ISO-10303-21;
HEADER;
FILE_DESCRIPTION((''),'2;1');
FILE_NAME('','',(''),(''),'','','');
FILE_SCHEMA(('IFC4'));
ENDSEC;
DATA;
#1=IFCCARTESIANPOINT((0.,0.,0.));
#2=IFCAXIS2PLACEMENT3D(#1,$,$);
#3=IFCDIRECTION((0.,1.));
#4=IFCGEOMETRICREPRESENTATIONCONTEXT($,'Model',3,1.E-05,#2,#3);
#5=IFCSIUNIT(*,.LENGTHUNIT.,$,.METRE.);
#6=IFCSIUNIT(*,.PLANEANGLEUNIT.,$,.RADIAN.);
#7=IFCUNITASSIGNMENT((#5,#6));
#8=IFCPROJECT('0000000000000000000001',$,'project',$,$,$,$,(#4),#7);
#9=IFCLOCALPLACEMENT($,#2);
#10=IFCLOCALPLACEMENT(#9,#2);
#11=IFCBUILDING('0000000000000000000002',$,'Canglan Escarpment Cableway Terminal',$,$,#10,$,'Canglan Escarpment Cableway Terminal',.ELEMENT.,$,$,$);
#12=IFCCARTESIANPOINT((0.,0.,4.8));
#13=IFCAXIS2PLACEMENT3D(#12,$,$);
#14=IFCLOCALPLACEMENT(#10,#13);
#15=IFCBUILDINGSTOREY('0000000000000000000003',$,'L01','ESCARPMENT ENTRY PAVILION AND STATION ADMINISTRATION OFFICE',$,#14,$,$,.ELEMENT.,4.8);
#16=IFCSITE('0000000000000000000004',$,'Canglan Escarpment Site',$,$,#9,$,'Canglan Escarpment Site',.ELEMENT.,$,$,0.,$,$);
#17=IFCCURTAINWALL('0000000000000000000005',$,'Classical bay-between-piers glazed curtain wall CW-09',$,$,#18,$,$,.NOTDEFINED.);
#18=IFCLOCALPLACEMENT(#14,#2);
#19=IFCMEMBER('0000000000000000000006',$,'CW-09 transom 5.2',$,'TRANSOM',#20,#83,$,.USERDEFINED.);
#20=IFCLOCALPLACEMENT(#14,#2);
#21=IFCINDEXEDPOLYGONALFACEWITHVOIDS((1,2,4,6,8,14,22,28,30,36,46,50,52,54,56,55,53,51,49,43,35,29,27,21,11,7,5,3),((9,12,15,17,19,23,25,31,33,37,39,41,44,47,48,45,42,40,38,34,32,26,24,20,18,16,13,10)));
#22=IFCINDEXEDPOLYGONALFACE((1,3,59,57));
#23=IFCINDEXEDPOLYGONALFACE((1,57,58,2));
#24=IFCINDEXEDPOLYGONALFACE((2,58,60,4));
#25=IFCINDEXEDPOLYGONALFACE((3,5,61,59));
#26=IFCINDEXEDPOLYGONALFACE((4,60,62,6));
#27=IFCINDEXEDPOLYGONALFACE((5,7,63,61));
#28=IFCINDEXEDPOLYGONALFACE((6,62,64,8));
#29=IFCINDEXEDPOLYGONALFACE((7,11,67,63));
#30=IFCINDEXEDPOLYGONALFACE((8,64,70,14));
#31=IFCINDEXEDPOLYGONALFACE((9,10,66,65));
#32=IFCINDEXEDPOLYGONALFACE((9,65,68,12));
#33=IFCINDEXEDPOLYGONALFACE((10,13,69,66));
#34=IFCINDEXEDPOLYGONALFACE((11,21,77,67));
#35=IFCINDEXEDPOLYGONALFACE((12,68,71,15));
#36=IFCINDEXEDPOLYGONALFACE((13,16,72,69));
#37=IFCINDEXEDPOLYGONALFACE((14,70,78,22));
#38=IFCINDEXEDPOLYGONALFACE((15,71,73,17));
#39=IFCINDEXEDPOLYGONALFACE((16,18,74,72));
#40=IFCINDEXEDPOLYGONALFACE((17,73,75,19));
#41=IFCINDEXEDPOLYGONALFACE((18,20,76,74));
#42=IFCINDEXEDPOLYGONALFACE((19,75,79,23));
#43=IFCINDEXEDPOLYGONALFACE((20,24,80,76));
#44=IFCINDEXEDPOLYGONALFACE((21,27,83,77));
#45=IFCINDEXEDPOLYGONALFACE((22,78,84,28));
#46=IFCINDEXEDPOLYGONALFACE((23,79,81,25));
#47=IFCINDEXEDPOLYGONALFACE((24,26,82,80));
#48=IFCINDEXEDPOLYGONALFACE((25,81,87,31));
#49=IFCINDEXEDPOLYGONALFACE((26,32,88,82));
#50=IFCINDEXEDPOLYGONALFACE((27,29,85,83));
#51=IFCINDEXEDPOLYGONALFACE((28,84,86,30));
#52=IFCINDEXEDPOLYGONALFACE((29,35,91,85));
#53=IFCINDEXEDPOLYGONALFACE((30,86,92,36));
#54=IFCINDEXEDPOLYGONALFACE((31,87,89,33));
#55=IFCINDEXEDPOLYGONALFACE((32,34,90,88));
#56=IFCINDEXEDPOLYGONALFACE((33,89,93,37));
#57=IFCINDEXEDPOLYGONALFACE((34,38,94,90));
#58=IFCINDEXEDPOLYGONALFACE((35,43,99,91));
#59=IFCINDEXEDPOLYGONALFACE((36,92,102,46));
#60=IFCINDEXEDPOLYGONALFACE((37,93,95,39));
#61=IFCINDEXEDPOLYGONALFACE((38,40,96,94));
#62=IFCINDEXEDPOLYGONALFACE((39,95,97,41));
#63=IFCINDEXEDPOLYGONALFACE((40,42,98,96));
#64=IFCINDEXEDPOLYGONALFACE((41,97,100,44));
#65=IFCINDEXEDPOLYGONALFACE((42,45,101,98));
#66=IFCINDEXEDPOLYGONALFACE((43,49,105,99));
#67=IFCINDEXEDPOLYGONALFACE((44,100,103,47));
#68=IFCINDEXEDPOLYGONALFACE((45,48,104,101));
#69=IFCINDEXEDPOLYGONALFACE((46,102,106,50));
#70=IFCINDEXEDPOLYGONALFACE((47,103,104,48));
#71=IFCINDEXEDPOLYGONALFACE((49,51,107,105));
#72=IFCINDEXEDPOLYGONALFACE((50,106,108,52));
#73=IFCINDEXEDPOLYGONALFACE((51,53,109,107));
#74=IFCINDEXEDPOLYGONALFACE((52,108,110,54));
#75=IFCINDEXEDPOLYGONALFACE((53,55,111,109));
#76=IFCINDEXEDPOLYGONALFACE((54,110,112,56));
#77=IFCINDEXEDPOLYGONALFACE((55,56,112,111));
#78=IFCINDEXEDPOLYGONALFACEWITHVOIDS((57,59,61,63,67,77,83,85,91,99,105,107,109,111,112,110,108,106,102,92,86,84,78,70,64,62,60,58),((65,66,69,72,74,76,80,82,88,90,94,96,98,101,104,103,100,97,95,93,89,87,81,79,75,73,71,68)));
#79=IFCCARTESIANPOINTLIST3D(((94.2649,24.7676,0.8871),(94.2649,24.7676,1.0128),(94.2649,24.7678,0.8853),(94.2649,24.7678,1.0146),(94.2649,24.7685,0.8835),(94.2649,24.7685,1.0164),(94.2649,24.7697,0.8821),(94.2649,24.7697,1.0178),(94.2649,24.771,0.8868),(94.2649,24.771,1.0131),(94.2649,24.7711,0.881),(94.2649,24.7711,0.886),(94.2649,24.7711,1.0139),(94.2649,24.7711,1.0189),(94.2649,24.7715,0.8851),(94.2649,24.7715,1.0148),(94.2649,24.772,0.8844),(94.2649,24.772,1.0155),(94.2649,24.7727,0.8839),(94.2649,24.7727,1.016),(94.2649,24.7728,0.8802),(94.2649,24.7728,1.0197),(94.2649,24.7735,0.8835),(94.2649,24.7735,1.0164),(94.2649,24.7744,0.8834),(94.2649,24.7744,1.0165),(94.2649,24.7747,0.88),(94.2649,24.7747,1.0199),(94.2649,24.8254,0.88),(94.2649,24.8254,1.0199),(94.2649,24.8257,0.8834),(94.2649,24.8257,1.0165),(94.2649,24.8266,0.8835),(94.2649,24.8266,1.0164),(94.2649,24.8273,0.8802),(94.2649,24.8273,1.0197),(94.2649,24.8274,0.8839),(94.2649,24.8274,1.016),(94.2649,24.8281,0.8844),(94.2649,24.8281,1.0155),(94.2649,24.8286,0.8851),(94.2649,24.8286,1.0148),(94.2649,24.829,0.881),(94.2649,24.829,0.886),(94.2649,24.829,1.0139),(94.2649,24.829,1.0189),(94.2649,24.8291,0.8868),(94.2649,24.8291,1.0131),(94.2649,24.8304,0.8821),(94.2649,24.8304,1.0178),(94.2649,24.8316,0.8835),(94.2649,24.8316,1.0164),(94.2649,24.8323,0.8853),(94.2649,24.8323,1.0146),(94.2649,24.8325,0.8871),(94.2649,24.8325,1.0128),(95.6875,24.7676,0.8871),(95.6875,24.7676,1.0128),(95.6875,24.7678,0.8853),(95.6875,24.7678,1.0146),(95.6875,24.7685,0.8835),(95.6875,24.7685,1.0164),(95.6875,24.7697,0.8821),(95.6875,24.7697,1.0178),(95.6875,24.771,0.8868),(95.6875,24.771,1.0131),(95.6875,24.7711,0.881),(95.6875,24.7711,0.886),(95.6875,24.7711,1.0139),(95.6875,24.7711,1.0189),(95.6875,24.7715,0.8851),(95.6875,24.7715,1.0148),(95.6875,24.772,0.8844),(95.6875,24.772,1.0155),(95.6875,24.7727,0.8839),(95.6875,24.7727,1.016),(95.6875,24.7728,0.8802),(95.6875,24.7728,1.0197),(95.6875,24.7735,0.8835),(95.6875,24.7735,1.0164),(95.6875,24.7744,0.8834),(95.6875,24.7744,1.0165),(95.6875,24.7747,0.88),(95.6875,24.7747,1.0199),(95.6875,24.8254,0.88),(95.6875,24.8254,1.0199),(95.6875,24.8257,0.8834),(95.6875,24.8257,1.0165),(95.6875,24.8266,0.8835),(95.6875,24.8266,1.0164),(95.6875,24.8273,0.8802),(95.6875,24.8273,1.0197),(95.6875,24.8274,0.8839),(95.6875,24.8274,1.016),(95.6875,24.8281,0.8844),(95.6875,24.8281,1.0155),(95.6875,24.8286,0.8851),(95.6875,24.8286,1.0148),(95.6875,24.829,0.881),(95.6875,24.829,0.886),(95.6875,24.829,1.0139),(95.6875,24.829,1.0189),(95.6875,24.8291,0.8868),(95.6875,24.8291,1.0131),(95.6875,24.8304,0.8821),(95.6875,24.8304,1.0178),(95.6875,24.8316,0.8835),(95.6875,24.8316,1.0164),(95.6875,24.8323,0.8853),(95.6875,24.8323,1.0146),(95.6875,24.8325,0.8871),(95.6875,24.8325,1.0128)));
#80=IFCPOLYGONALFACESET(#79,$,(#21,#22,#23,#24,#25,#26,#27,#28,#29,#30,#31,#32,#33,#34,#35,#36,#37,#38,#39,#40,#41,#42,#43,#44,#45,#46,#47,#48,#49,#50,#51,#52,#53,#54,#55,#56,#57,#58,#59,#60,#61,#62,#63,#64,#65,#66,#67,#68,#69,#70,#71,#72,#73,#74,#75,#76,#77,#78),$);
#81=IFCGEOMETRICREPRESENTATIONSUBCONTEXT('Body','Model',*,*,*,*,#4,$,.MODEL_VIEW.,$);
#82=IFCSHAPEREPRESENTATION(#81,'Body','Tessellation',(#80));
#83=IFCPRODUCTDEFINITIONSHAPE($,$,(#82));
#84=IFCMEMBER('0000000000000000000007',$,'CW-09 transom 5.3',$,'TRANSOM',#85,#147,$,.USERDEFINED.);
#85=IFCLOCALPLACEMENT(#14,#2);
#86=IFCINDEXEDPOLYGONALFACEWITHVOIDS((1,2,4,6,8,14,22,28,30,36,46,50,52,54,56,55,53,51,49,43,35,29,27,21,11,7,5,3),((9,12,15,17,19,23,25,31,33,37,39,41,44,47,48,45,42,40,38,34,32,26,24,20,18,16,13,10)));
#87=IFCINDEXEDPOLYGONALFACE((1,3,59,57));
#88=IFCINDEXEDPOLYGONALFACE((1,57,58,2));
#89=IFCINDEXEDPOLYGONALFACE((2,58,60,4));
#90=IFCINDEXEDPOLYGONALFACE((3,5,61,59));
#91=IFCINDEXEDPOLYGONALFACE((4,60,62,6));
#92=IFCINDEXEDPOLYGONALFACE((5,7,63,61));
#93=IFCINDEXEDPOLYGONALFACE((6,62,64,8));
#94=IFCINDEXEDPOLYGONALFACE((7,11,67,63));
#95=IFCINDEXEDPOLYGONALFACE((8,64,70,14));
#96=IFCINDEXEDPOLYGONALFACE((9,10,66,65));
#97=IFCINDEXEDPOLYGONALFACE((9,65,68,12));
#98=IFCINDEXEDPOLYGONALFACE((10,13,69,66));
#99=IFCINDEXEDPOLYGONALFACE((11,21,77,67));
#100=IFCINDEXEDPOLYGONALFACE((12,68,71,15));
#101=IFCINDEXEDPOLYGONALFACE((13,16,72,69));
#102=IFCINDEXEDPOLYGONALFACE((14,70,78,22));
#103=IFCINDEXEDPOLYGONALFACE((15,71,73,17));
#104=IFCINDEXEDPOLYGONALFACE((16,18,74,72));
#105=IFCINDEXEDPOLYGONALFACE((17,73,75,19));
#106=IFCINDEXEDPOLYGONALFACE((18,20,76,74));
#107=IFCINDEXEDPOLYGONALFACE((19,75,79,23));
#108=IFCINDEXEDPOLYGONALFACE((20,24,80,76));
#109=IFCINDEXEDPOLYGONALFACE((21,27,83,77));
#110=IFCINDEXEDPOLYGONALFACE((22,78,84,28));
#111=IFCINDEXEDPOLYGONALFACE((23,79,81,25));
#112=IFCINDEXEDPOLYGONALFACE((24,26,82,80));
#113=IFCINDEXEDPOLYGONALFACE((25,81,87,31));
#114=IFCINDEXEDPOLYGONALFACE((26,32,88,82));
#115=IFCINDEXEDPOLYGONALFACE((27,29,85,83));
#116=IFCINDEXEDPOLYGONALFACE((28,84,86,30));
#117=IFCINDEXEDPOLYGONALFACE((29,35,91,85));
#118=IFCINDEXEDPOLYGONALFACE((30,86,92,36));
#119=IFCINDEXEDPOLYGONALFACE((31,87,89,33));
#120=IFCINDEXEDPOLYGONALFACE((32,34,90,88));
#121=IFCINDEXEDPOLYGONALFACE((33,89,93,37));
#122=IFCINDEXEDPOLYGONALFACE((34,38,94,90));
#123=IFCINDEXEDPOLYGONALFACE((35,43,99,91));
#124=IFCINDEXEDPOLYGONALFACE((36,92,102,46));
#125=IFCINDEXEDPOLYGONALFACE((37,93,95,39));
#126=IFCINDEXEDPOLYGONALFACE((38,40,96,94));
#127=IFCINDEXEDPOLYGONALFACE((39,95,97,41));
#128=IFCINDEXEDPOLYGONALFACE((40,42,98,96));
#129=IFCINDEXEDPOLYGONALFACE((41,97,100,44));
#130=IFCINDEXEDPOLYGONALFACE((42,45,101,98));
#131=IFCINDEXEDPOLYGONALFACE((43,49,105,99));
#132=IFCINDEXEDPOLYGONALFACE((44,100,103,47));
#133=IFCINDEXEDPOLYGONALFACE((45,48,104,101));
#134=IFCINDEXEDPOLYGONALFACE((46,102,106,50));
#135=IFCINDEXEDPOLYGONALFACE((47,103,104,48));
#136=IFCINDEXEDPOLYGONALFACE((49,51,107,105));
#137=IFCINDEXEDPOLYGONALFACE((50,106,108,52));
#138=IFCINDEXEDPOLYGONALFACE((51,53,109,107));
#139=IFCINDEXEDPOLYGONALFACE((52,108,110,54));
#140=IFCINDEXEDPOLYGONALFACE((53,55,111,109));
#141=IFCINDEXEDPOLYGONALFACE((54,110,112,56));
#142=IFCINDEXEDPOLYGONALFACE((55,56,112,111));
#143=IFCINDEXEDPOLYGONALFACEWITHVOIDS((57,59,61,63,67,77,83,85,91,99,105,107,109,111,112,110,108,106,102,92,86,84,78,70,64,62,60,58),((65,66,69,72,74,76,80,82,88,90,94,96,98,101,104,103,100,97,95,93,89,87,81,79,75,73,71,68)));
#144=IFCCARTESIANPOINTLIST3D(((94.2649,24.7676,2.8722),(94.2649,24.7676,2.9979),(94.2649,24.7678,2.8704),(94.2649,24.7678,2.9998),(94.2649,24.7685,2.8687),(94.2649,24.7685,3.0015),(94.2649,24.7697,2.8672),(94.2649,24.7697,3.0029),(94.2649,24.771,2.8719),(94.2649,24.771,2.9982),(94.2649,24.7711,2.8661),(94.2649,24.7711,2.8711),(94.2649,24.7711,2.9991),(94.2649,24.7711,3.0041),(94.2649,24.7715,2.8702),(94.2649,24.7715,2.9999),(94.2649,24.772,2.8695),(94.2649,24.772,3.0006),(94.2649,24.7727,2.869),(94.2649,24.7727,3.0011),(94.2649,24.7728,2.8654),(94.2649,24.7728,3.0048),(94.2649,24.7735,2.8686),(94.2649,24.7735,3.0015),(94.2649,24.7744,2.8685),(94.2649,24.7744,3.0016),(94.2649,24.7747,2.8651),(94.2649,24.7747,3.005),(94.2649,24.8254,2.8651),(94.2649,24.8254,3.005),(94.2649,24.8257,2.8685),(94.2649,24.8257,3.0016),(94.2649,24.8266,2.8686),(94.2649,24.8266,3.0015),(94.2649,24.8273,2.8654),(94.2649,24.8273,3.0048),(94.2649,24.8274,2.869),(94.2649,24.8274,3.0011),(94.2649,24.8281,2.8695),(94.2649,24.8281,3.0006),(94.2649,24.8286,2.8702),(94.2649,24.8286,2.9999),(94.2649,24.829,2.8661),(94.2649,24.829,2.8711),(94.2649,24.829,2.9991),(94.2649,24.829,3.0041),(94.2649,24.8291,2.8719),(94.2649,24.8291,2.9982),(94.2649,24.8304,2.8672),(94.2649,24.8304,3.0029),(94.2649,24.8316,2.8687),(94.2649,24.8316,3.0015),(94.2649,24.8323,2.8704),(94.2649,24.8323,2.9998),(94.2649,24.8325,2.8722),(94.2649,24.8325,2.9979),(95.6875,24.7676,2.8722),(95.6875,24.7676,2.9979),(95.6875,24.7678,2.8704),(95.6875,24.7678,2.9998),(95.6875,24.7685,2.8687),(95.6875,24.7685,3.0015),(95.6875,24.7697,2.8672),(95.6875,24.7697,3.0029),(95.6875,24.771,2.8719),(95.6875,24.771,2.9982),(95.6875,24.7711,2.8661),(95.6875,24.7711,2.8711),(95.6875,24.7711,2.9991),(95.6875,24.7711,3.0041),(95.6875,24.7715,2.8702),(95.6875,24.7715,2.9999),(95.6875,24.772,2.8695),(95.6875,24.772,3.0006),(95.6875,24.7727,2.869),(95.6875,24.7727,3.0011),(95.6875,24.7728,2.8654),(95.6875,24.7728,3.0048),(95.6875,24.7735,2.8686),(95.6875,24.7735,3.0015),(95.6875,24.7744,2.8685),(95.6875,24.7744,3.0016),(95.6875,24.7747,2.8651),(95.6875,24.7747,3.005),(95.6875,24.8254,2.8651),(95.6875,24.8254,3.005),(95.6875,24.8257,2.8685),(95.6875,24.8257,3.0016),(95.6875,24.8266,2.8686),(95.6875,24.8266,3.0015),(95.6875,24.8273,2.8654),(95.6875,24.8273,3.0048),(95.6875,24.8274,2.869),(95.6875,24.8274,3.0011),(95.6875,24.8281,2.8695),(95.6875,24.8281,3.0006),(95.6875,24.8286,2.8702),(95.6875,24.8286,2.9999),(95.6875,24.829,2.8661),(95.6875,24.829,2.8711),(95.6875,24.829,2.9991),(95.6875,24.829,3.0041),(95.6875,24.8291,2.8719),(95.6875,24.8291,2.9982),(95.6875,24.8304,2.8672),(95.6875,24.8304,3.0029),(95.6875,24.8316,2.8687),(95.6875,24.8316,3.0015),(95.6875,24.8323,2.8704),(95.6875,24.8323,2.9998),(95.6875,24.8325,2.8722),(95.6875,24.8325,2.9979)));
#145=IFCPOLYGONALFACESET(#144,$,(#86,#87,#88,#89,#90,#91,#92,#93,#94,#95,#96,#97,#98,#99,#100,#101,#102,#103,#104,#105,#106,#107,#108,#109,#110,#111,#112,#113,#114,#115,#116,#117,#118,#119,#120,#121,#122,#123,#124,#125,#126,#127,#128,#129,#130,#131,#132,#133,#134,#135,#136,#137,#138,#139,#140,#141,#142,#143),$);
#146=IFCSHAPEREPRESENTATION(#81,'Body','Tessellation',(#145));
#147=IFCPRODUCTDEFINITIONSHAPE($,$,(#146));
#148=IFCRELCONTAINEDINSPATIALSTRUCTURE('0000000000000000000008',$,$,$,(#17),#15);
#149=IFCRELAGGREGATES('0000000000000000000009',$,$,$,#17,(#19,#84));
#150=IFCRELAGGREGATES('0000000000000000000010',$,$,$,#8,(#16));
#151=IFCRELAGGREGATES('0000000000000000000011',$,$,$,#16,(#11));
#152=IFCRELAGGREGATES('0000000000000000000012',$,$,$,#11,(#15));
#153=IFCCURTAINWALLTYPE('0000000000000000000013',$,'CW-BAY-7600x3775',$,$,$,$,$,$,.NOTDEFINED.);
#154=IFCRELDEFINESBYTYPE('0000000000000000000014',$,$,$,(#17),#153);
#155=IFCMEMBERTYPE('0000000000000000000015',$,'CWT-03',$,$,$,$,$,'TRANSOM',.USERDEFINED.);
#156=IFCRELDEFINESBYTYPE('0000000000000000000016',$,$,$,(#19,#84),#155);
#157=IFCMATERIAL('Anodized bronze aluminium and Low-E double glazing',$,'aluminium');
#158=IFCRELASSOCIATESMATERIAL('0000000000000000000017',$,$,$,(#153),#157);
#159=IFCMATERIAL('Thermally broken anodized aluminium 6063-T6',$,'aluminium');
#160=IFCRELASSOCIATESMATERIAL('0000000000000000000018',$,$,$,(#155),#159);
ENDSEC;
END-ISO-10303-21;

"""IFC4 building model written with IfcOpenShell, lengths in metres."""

from ifc_helpers import new_model, si_unit, direction, frame, origin, origin_2d, place, context, subcontext, project, spatial, hollow_rectangle, extrude, material, material_profile, profile_set, type_object, element, aggregate, save


model = new_model("IFC4")

# Units and contexts
model_context = context("Model", 3, precision=1e-05, world=origin(), true_north=direction((0.0, 1.0)))
body_context = subcontext(model_context, "Body", "Model", "MODEL_VIEW")
ifc_project = project(units=[si_unit("LENGTHUNIT", "METRE"), si_unit("PLANEANGLEUNIT", "RADIAN")], contexts=[model_context])

# Site, building, storey
site_placement = place(None, origin())
site = spatial("IfcSite", under=ifc_project, at=site_placement, Name="Canglan Escarpment Site", LongName="Canglan Escarpment Site", CompositionType="ELEMENT", RefElevation=0.0)
building_placement = place(site_placement, origin())
building = spatial("IfcBuilding", under=site, at=building_placement, Name="Canglan Escarpment Cableway Terminal", LongName="Canglan Escarpment Cableway Terminal", CompositionType="ELEMENT")
storey_placement = place(building_placement, frame((0.0, 0.0, 4.8)))
storey = spatial("IfcBuildingStorey", under=building, at=storey_placement, Name="L01", Description="ESCARPMENT ENTRY PAVILION AND STATION ADMINISTRATION OFFICE", CompositionType="ELEMENT", Elevation=4.8)

# Curtain wall, members
ifc_material_1 = material(Name="Anodized bronze aluminium and Low-E double glazing", Category="aluminium")
curtain_wall_type = type_object("IfcCurtainWallType", Name="CW-BAY-7600x3775", PredefinedType="NOTDEFINED", material=ifc_material_1)
curtain_wall_placement = place(storey_placement, origin())
curtain_wall = element("IfcCurtainWall", 1, at=curtain_wall_placement, inside=storey, type_object=curtain_wall_type, Name="Classical bay-between-piers glazed curtain wall CW-09", PredefinedType="NOTDEFINED")
ifc_material_2 = material(Name="Thermally broken anodized aluminium 6063-T6", Category="aluminium")
ifc_material_profile_1 = material_profile(ifc_material_2, hollow_rectangle(XDim=0.0649, YDim=0.1399, WallThickness=0.0034, InnerFilletRadius=0.0034, OuterFilletRadius=0.0071, at=origin_2d()), Name="ALU-TRAN 65x140x3.5")
ifc_profile_set_1 = profile_set([ifc_material_profile_1], Name="Thermally broken anodized aluminium 6063-T6")
member_type_1 = type_object("IfcMemberType", Name="CWT-03", ElementType="TRANSOM", PredefinedType="USERDEFINED", material=ifc_profile_set_1)
member_1_placement = place(storey_placement, frame((95.6875, 24.8, 0.95), z_axis=(-1.0, 0.0, 0.0), x_axis=(0.0, -1.0, 0.0)))
member_1 = element("IfcMember", 2, at=member_1_placement, type_object=member_type_1, Name="CW-09 transom 5.2", ObjectType="TRANSOM", PredefinedType="USERDEFINED", context=body_context, shape_type="SweptSolid", body=[
    extrude(hollow_rectangle(XDim=0.0649, YDim=0.1399, WallThickness=0.0034, InnerFilletRadius=0.0034, OuterFilletRadius=0.0071, at=origin_2d()), origin(), (0.0, 0.0, 1.0), 1.4226),
])
member_2_placement = place(storey_placement, frame((95.6875, 24.8, 2.9351), z_axis=(-1.0, 0.0, 0.0), x_axis=(0.0, -1.0, 0.0)))
member_2 = element("IfcMember", 3, at=member_2_placement, type_object=member_type_1, Name="CW-09 transom 5.3", ObjectType="TRANSOM", PredefinedType="USERDEFINED", context=body_context, shape_type="SweptSolid", body=[
    extrude(hollow_rectangle(XDim=0.0649, YDim=0.1399, WallThickness=0.0034, InnerFilletRadius=0.0034, OuterFilletRadius=0.0071, at=origin_2d()), origin(), (0.0, 0.0, 1.0), 1.4226),
])
aggregate(curtain_wall, [member_1, member_2])

save(model, "model.ifc")
